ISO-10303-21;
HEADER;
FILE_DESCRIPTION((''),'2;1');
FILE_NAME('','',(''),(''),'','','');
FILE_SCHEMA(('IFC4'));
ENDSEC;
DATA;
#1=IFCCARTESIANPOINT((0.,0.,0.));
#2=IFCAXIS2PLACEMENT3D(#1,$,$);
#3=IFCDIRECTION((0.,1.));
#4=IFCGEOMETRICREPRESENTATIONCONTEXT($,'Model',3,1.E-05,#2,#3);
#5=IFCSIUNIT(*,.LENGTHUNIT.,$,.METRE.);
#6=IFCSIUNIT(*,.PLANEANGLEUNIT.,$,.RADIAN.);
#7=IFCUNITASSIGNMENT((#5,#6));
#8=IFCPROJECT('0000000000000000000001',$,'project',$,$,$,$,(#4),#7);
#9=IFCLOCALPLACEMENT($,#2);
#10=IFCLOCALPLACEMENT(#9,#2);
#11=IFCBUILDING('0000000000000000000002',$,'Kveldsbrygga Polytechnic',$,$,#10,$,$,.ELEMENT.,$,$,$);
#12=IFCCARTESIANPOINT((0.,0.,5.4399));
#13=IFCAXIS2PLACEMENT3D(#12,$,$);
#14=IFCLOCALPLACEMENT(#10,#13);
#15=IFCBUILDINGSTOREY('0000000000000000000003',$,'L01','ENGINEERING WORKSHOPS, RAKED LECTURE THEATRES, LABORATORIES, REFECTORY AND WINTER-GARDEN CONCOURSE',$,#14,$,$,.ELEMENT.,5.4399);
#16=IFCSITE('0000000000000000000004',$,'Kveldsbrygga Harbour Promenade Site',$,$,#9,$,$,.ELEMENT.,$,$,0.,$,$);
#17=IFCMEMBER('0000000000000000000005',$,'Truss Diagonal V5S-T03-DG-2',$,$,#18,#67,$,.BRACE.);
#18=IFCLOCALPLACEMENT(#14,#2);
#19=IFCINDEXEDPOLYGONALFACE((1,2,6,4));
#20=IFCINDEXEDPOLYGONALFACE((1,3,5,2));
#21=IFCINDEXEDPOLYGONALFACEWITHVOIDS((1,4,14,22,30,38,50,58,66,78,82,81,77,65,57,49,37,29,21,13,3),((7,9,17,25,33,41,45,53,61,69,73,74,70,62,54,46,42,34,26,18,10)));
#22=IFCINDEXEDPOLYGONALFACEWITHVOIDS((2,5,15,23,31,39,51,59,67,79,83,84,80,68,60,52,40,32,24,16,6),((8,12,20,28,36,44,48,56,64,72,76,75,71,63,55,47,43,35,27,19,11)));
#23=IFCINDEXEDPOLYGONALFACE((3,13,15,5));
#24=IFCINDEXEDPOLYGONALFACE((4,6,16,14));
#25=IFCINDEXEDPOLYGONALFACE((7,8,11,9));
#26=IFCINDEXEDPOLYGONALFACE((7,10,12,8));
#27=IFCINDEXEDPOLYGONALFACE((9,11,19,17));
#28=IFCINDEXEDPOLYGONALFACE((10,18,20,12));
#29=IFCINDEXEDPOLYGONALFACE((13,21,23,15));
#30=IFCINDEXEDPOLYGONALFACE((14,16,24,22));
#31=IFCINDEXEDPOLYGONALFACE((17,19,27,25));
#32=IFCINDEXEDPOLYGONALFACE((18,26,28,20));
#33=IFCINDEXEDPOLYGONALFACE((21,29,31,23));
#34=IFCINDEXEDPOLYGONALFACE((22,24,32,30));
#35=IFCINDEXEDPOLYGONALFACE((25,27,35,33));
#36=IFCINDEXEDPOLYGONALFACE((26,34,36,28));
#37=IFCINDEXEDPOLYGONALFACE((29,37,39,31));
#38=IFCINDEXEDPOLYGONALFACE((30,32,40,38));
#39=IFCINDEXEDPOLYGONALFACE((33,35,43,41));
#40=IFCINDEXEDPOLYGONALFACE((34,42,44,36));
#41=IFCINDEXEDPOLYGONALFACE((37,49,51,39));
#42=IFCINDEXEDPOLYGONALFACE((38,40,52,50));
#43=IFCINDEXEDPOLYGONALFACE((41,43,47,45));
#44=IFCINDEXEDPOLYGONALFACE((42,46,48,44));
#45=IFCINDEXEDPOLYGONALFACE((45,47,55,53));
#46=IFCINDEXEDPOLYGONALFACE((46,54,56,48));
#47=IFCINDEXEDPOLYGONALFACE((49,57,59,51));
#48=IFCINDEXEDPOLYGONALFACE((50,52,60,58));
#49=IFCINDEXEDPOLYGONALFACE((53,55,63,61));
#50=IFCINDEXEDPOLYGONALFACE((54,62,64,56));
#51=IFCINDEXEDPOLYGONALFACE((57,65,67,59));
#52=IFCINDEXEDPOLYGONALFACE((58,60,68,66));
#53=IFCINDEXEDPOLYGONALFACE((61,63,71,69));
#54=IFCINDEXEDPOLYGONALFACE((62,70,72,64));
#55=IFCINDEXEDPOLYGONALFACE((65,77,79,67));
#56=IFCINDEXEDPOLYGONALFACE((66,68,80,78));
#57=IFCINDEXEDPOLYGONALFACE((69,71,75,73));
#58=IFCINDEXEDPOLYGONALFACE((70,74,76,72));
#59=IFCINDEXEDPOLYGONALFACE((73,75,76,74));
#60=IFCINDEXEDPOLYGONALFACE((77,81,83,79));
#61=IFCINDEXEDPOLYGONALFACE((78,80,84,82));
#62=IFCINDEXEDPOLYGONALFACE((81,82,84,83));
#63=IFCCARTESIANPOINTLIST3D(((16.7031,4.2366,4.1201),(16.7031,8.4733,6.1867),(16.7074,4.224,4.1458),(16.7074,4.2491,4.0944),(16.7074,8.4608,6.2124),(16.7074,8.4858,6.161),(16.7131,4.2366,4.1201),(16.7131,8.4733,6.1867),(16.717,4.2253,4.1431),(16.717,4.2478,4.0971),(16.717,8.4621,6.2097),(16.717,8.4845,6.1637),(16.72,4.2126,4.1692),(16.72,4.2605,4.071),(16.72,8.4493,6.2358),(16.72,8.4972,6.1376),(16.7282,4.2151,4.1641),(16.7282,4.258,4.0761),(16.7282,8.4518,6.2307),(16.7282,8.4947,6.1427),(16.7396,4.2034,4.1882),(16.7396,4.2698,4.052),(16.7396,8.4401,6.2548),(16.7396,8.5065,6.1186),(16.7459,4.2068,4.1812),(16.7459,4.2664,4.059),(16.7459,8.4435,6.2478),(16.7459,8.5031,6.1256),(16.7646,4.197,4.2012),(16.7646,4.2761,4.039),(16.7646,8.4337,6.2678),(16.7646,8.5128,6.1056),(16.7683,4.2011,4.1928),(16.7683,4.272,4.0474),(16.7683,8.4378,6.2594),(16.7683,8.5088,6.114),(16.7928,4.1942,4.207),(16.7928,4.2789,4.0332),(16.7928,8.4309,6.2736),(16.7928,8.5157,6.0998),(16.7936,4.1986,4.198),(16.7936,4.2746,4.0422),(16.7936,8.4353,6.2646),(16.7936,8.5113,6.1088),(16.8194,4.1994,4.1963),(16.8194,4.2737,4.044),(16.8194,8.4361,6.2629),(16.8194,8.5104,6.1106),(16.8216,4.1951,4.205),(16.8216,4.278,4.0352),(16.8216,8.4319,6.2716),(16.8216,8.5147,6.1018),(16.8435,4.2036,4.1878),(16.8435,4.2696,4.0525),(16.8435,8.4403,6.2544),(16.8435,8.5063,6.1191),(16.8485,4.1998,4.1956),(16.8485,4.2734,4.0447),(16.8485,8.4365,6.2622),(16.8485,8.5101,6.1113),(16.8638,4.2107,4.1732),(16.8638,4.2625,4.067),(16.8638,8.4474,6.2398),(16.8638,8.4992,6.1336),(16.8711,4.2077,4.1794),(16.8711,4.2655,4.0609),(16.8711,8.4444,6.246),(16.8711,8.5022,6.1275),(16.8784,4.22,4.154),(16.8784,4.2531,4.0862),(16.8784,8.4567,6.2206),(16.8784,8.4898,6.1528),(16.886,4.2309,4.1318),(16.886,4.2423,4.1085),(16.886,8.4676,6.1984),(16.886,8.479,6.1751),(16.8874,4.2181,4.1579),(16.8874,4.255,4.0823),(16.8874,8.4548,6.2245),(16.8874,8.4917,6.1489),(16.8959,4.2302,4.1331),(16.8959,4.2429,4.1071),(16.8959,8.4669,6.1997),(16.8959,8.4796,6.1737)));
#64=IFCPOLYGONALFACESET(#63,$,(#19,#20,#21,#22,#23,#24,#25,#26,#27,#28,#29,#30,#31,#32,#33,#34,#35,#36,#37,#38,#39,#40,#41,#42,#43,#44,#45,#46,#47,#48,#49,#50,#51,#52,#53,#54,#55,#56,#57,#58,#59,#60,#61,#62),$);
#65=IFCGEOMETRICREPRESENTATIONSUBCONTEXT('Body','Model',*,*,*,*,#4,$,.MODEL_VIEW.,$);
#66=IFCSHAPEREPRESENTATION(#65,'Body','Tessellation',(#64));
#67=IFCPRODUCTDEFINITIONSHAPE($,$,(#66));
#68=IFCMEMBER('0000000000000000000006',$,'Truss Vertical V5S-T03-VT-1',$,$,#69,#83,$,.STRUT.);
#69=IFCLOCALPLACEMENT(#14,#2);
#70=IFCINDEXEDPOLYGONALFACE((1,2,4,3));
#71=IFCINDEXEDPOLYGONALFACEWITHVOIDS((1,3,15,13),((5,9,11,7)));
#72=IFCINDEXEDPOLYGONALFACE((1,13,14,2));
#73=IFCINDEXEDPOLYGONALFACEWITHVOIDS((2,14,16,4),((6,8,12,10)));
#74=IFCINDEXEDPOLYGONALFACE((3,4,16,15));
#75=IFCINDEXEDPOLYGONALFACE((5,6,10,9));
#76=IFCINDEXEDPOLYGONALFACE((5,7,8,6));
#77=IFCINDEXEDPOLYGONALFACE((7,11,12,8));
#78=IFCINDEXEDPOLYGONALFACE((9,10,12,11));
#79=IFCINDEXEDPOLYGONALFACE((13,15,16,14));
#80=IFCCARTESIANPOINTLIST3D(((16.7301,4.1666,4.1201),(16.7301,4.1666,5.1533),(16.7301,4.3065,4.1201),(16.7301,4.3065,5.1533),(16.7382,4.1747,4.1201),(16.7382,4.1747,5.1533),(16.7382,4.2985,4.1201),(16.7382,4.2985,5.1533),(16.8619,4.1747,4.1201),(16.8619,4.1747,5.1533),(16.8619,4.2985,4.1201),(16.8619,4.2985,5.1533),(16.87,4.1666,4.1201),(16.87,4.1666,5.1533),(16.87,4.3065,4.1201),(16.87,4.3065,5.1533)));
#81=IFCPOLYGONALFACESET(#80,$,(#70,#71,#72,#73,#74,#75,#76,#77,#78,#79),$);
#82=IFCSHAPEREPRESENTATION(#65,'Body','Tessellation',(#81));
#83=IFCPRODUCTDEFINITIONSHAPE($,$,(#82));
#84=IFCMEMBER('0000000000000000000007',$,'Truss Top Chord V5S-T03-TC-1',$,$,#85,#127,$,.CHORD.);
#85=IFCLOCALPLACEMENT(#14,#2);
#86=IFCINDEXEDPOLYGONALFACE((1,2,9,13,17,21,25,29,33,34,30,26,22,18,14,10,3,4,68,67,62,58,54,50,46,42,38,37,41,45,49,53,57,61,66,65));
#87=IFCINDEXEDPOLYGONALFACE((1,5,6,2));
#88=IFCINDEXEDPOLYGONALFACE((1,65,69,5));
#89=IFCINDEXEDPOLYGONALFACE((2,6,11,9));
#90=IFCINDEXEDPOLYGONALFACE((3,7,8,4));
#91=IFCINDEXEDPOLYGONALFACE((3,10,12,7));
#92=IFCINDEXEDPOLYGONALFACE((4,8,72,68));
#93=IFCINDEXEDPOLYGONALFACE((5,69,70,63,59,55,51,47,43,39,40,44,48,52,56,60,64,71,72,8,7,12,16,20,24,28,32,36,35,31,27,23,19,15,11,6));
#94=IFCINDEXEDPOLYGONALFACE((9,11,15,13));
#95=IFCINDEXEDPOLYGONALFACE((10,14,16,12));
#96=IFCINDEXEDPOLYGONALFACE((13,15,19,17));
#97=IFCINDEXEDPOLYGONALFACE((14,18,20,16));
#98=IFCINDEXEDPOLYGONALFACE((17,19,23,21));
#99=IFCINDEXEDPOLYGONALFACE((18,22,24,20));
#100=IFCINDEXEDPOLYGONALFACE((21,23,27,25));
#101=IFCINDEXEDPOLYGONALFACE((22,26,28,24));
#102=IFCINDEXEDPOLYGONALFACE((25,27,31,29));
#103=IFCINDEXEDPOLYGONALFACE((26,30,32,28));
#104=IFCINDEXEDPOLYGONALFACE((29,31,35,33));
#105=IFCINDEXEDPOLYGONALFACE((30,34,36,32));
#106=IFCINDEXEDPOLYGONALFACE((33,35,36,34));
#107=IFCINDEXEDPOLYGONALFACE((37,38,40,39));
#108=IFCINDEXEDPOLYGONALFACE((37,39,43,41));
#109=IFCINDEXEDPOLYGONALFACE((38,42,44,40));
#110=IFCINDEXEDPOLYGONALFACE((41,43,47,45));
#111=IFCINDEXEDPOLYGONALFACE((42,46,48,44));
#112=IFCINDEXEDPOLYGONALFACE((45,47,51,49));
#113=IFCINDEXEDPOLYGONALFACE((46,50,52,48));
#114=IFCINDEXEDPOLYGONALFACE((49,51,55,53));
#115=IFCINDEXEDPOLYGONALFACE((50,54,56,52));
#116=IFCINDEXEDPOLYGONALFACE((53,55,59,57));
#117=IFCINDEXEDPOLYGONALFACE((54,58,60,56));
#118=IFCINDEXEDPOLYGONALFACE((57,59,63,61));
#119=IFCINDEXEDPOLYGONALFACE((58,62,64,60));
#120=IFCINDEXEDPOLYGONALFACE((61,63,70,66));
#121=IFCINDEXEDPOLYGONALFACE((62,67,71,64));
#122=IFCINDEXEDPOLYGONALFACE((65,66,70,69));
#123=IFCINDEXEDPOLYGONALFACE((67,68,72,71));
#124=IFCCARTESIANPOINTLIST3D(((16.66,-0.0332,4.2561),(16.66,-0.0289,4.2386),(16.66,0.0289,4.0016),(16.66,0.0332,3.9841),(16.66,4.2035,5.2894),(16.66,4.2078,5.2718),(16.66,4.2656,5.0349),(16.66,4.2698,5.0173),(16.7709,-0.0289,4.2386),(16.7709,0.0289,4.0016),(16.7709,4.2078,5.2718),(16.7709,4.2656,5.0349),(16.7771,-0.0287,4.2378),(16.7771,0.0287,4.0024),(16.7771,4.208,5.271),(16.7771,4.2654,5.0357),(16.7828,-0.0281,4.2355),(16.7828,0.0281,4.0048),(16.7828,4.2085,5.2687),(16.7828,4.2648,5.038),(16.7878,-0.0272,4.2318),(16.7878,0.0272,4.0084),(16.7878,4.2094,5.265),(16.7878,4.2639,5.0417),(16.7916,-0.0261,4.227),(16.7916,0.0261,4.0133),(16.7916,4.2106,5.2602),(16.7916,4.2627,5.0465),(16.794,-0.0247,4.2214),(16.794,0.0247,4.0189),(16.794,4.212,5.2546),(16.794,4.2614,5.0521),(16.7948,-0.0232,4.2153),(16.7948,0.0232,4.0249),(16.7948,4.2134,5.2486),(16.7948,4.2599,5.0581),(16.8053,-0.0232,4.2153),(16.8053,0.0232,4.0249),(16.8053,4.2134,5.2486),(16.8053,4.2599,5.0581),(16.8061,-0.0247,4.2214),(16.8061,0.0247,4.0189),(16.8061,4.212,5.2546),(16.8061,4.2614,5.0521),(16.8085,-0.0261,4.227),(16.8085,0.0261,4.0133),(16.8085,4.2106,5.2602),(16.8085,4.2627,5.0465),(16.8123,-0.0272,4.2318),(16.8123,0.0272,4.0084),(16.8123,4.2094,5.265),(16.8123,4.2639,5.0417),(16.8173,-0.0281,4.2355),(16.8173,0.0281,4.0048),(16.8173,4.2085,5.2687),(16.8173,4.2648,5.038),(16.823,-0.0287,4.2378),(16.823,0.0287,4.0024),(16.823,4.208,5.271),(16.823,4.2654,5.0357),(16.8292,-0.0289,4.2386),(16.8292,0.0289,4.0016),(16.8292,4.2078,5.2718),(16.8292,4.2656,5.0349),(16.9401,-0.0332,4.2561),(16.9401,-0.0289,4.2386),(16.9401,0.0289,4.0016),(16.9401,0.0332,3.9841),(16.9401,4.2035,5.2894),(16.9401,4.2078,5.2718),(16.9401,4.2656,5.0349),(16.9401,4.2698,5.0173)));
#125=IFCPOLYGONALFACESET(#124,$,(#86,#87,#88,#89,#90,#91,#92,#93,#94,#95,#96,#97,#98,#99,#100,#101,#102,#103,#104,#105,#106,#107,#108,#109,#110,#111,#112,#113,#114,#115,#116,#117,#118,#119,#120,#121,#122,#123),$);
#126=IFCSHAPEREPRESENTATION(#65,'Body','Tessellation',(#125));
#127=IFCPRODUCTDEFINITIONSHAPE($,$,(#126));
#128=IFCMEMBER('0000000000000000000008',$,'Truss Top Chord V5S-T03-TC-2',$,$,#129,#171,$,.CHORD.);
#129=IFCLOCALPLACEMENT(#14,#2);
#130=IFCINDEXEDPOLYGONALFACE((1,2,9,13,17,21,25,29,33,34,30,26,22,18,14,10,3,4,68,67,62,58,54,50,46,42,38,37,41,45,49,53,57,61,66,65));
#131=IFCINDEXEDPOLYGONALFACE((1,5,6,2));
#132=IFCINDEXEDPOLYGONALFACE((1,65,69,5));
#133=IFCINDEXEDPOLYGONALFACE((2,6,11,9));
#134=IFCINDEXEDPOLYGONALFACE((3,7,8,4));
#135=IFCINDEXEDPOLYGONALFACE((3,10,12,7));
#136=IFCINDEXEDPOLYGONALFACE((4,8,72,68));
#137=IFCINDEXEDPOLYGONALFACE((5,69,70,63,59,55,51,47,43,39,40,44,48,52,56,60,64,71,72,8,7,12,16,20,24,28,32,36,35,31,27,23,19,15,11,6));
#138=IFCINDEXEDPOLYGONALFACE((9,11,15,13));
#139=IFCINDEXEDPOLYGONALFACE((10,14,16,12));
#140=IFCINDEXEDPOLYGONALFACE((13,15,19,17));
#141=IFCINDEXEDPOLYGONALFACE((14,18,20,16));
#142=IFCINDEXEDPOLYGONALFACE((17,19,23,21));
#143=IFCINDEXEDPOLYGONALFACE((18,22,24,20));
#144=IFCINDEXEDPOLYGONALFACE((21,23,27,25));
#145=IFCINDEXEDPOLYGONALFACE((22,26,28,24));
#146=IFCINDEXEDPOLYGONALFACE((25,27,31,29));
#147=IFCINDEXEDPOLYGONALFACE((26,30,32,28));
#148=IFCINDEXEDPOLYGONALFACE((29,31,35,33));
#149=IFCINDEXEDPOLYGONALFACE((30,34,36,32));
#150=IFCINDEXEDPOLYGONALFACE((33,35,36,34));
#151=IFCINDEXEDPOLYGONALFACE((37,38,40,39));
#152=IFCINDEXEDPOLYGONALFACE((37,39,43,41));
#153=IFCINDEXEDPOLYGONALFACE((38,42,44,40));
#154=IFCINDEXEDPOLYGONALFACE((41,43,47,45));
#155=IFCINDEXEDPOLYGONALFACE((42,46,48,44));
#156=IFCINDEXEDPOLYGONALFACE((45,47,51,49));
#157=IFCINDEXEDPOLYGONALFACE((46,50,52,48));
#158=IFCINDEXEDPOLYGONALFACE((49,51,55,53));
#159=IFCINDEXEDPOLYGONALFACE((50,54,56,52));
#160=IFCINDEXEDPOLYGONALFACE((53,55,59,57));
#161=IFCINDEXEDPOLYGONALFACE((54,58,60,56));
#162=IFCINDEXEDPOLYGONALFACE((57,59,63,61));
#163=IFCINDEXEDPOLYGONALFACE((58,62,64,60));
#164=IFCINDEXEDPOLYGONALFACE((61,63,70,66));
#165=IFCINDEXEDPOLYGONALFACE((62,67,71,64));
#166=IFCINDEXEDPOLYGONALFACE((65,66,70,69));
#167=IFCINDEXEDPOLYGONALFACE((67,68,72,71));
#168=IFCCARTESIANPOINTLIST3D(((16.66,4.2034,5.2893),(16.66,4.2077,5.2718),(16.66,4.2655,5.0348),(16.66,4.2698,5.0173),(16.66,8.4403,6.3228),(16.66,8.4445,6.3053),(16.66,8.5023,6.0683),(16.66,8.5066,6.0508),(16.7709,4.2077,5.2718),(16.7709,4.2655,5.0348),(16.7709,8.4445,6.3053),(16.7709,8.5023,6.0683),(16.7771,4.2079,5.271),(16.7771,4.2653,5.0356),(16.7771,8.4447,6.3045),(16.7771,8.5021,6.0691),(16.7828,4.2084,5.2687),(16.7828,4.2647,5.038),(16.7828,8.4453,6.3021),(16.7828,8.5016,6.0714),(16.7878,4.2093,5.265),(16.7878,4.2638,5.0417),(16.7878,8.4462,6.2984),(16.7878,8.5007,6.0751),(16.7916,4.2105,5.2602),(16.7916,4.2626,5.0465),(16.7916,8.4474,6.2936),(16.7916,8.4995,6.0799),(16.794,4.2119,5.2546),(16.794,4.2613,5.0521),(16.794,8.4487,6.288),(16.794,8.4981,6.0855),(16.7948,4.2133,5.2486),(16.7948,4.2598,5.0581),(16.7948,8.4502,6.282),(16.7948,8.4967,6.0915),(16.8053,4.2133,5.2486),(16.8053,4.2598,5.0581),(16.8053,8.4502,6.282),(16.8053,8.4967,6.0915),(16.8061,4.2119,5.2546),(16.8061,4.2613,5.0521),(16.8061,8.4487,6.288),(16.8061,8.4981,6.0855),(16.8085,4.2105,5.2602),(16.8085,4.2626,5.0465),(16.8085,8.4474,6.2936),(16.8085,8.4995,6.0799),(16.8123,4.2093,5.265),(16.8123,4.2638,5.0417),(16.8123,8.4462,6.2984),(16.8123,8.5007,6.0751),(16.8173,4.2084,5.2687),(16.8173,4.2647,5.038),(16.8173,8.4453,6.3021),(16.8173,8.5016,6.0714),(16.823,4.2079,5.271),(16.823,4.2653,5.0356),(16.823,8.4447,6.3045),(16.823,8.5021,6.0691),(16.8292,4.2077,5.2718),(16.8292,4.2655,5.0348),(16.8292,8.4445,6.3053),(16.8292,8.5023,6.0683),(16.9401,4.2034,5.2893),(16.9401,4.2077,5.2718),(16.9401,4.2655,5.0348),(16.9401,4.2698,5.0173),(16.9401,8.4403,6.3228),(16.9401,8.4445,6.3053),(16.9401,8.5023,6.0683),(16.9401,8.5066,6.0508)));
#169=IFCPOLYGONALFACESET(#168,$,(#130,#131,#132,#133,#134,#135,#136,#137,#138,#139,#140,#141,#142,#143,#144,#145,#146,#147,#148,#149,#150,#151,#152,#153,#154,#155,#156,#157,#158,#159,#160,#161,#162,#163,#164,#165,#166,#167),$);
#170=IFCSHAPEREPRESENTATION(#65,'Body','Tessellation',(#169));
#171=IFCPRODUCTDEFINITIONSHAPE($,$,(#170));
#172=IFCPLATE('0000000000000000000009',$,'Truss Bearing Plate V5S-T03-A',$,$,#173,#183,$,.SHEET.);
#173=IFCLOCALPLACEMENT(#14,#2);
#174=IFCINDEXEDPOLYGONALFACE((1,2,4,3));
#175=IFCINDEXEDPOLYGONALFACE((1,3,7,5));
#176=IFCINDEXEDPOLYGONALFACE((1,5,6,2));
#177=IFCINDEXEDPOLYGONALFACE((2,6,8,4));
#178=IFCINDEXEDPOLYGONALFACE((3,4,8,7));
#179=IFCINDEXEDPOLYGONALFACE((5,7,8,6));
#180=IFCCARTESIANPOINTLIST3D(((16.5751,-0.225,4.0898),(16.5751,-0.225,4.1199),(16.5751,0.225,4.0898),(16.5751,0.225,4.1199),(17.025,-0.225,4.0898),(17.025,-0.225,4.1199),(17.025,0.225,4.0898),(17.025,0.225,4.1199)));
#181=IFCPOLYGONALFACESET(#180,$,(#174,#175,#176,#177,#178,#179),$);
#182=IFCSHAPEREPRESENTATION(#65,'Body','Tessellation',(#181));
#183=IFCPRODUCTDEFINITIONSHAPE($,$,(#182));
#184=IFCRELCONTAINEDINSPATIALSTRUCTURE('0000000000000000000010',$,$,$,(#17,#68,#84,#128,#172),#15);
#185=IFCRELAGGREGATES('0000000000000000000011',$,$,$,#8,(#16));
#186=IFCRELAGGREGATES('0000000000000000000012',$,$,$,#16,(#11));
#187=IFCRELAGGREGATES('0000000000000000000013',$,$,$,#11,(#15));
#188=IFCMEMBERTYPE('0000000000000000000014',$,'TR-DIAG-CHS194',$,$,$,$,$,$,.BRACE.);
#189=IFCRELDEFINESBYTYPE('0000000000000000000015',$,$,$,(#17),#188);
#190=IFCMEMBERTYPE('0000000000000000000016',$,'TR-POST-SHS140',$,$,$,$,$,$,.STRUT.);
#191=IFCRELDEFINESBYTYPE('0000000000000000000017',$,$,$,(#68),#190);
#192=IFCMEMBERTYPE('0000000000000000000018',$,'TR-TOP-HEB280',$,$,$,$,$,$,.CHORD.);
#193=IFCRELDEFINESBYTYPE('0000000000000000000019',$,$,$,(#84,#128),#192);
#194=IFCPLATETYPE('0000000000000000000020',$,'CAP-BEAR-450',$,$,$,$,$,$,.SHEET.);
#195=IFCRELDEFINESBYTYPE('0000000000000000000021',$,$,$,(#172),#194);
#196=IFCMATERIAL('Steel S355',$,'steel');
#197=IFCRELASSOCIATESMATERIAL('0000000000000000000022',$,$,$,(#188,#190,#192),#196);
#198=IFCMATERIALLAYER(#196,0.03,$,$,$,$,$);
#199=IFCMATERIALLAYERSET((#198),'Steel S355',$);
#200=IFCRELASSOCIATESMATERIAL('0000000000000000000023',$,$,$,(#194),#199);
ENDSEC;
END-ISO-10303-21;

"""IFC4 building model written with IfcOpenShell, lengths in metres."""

from ifc_helpers import new_model, si_unit, direction, frame, origin, origin_2d, place, context, subcontext, project, spatial, rectangle, hollow_rectangle, hollow_circle, i_section, extrude, material, layer, layer_set, material_profile, profile_set, type_object, element, save


model = new_model("IFC4")

# Units and contexts
model_context = context("Model", 3, precision=1e-05, world=origin(), true_north=direction((0.0, 1.0)))
body_context = subcontext(model_context, "Body", "Model", "MODEL_VIEW")
ifc_project = project(units=[si_unit("LENGTHUNIT", "METRE"), si_unit("PLANEANGLEUNIT", "RADIAN")], contexts=[model_context])

# Site, building, storey
site_placement = place(None, origin())
site = spatial("IfcSite", under=ifc_project, at=site_placement, Name="Kveldsbrygga Harbour Promenade Site", CompositionType="ELEMENT", RefElevation=0.0)
building_placement = place(site_placement, origin())
building = spatial("IfcBuilding", under=site, at=building_placement, Name="Kveldsbrygga Polytechnic", CompositionType="ELEMENT")
storey_placement = place(building_placement, frame((0.0, 0.0, 5.4399)))
storey = spatial("IfcBuildingStorey", under=building, at=storey_placement, Name="L01", Description="ENGINEERING WORKSHOPS, RAKED LECTURE THEATRES, LABORATORIES, REFECTORY AND WINTER-GARDEN CONCOURSE", CompositionType="ELEMENT", Elevation=5.4399)

# Members
ifc_material_1 = material(Name="Steel S355", Category="steel")
ifc_material_profile_1 = material_profile(ifc_material_1, hollow_circle(Radius=0.0969, WallThickness=0.01, at=origin_2d()), Name="CHS 193.7x10.0")
ifc_profile_set_1 = profile_set([ifc_material_profile_1], Name="Steel S355")
member_type_1 = type_object("IfcMemberType", Name="TR-DIAG-CHS194", PredefinedType="BRACE", material=ifc_profile_set_1)
member_1_placement = place(storey_placement, frame((16.8, 4.2366, 4.1201), z_axis=(0.0, 0.898776, 0.438408), x_axis=(-1.0, 0.0, 0.0)))
element("IfcMember", 1, at=member_1_placement, inside=storey, type_object=member_type_1, Name="Truss Diagonal V5S-T03-DG-2", PredefinedType="BRACE", context=body_context, shape_type="SweptSolid", body=[
    extrude(hollow_circle(Radius=0.0969, WallThickness=0.01, at=origin_2d()), origin(), (0.0, 0.0, 1.0), 4.7139),
])
ifc_material_profile_2 = material_profile(ifc_material_1, hollow_rectangle(XDim=0.1399, YDim=0.1399, WallThickness=0.0081, at=origin_2d()), Name="SHS 140x140x8.0")
ifc_profile_set_2 = profile_set([ifc_material_profile_2], Name="Steel S355")
member_type_2 = type_object("IfcMemberType", Name="TR-POST-SHS140", PredefinedType="STRUT", material=ifc_profile_set_2)
member_2_placement = place(storey_placement, frame((16.8, 4.2366, 4.1201), z_axis=(0.0, 0.0, 1.0), x_axis=(1.0, 0.0, 0.0)))
element("IfcMember", 2, at=member_2_placement, inside=storey, type_object=member_type_2, Name="Truss Vertical V5S-T03-VT-1", PredefinedType="STRUT", context=body_context, shape_type="SweptSolid", body=[
    extrude(hollow_rectangle(XDim=0.1399, YDim=0.1399, WallThickness=0.0081, at=origin_2d()), origin(), (0.0, 0.0, 1.0), 1.0332),
])
ifc_material_profile_3 = material_profile(ifc_material_1, i_section(OverallWidth=0.28, OverallDepth=0.28, WebThickness=0.0105, FlangeThickness=0.0181, FilletRadius=0.0239, at=origin_2d()), Name="HEB 280")
ifc_profile_set_3 = profile_set([ifc_material_profile_3], Name="Steel S355")
member_type_3 = type_object("IfcMemberType", Name="TR-TOP-HEB280", PredefinedType="CHORD", material=ifc_profile_set_3)
member_3_placement = place(storey_placement, frame((16.8, 0.0, 4.1201), z_axis=(0.0, 0.971526, 0.236933), x_axis=(-1.0, 0.0, 0.0)))
element("IfcMember", 3, at=member_3_placement, inside=storey, type_object=member_type_3, Name="Truss Top Chord V5S-T03-TC-1", PredefinedType="CHORD", context=body_context, shape_type="SweptSolid", body=[
    extrude(i_section(OverallWidth=0.28, OverallDepth=0.28, WebThickness=0.0105, FlangeThickness=0.0181, FilletRadius=0.0239, at=origin_2d()), origin(), (0.0, 0.0, 1.0), 4.3608),
])
member_4_placement = place(storey_placement, frame((16.8, 4.2366, 5.1533), z_axis=(0.0, 0.971516, 0.236973), x_axis=(-1.0, 0.0, 0.0)))
element("IfcMember", 4, at=member_4_placement, inside=storey, type_object=member_type_3, Name="Truss Top Chord V5S-T03-TC-2", PredefinedType="CHORD", context=body_context, shape_type="SweptSolid", body=[
    extrude(i_section(OverallWidth=0.28, OverallDepth=0.28, WebThickness=0.0105, FlangeThickness=0.0181, FilletRadius=0.0239, at=origin_2d()), origin(), (0.0, 0.0, 1.0), 4.3611),
])

# Plate
ifc_layer_1 = layer(ifc_material_1, 0.03)
ifc_layer_set_1 = layer_set([ifc_layer_1], Name="Steel S355")
plate_type_1 = type_object("IfcPlateType", Name="CAP-BEAR-450", PredefinedType="SHEET", material=ifc_layer_set_1)
plate_1_placement = place(storey_placement, frame((16.8, 0.0, 4.0898), z_axis=(0.0, 0.0, 1.0), x_axis=(1.0, 0.0, 0.0)))
element("IfcPlate", 5, at=plate_1_placement, inside=storey, type_object=plate_type_1, Name="Truss Bearing Plate V5S-T03-A", PredefinedType="SHEET", context=body_context, shape_type="SweptSolid", body=[
    extrude(rectangle(XDim=0.45, YDim=0.45, at=origin_2d()), origin(), (0.0, 0.0, 1.0), 0.03),
])

save(model, "model.ifc")
